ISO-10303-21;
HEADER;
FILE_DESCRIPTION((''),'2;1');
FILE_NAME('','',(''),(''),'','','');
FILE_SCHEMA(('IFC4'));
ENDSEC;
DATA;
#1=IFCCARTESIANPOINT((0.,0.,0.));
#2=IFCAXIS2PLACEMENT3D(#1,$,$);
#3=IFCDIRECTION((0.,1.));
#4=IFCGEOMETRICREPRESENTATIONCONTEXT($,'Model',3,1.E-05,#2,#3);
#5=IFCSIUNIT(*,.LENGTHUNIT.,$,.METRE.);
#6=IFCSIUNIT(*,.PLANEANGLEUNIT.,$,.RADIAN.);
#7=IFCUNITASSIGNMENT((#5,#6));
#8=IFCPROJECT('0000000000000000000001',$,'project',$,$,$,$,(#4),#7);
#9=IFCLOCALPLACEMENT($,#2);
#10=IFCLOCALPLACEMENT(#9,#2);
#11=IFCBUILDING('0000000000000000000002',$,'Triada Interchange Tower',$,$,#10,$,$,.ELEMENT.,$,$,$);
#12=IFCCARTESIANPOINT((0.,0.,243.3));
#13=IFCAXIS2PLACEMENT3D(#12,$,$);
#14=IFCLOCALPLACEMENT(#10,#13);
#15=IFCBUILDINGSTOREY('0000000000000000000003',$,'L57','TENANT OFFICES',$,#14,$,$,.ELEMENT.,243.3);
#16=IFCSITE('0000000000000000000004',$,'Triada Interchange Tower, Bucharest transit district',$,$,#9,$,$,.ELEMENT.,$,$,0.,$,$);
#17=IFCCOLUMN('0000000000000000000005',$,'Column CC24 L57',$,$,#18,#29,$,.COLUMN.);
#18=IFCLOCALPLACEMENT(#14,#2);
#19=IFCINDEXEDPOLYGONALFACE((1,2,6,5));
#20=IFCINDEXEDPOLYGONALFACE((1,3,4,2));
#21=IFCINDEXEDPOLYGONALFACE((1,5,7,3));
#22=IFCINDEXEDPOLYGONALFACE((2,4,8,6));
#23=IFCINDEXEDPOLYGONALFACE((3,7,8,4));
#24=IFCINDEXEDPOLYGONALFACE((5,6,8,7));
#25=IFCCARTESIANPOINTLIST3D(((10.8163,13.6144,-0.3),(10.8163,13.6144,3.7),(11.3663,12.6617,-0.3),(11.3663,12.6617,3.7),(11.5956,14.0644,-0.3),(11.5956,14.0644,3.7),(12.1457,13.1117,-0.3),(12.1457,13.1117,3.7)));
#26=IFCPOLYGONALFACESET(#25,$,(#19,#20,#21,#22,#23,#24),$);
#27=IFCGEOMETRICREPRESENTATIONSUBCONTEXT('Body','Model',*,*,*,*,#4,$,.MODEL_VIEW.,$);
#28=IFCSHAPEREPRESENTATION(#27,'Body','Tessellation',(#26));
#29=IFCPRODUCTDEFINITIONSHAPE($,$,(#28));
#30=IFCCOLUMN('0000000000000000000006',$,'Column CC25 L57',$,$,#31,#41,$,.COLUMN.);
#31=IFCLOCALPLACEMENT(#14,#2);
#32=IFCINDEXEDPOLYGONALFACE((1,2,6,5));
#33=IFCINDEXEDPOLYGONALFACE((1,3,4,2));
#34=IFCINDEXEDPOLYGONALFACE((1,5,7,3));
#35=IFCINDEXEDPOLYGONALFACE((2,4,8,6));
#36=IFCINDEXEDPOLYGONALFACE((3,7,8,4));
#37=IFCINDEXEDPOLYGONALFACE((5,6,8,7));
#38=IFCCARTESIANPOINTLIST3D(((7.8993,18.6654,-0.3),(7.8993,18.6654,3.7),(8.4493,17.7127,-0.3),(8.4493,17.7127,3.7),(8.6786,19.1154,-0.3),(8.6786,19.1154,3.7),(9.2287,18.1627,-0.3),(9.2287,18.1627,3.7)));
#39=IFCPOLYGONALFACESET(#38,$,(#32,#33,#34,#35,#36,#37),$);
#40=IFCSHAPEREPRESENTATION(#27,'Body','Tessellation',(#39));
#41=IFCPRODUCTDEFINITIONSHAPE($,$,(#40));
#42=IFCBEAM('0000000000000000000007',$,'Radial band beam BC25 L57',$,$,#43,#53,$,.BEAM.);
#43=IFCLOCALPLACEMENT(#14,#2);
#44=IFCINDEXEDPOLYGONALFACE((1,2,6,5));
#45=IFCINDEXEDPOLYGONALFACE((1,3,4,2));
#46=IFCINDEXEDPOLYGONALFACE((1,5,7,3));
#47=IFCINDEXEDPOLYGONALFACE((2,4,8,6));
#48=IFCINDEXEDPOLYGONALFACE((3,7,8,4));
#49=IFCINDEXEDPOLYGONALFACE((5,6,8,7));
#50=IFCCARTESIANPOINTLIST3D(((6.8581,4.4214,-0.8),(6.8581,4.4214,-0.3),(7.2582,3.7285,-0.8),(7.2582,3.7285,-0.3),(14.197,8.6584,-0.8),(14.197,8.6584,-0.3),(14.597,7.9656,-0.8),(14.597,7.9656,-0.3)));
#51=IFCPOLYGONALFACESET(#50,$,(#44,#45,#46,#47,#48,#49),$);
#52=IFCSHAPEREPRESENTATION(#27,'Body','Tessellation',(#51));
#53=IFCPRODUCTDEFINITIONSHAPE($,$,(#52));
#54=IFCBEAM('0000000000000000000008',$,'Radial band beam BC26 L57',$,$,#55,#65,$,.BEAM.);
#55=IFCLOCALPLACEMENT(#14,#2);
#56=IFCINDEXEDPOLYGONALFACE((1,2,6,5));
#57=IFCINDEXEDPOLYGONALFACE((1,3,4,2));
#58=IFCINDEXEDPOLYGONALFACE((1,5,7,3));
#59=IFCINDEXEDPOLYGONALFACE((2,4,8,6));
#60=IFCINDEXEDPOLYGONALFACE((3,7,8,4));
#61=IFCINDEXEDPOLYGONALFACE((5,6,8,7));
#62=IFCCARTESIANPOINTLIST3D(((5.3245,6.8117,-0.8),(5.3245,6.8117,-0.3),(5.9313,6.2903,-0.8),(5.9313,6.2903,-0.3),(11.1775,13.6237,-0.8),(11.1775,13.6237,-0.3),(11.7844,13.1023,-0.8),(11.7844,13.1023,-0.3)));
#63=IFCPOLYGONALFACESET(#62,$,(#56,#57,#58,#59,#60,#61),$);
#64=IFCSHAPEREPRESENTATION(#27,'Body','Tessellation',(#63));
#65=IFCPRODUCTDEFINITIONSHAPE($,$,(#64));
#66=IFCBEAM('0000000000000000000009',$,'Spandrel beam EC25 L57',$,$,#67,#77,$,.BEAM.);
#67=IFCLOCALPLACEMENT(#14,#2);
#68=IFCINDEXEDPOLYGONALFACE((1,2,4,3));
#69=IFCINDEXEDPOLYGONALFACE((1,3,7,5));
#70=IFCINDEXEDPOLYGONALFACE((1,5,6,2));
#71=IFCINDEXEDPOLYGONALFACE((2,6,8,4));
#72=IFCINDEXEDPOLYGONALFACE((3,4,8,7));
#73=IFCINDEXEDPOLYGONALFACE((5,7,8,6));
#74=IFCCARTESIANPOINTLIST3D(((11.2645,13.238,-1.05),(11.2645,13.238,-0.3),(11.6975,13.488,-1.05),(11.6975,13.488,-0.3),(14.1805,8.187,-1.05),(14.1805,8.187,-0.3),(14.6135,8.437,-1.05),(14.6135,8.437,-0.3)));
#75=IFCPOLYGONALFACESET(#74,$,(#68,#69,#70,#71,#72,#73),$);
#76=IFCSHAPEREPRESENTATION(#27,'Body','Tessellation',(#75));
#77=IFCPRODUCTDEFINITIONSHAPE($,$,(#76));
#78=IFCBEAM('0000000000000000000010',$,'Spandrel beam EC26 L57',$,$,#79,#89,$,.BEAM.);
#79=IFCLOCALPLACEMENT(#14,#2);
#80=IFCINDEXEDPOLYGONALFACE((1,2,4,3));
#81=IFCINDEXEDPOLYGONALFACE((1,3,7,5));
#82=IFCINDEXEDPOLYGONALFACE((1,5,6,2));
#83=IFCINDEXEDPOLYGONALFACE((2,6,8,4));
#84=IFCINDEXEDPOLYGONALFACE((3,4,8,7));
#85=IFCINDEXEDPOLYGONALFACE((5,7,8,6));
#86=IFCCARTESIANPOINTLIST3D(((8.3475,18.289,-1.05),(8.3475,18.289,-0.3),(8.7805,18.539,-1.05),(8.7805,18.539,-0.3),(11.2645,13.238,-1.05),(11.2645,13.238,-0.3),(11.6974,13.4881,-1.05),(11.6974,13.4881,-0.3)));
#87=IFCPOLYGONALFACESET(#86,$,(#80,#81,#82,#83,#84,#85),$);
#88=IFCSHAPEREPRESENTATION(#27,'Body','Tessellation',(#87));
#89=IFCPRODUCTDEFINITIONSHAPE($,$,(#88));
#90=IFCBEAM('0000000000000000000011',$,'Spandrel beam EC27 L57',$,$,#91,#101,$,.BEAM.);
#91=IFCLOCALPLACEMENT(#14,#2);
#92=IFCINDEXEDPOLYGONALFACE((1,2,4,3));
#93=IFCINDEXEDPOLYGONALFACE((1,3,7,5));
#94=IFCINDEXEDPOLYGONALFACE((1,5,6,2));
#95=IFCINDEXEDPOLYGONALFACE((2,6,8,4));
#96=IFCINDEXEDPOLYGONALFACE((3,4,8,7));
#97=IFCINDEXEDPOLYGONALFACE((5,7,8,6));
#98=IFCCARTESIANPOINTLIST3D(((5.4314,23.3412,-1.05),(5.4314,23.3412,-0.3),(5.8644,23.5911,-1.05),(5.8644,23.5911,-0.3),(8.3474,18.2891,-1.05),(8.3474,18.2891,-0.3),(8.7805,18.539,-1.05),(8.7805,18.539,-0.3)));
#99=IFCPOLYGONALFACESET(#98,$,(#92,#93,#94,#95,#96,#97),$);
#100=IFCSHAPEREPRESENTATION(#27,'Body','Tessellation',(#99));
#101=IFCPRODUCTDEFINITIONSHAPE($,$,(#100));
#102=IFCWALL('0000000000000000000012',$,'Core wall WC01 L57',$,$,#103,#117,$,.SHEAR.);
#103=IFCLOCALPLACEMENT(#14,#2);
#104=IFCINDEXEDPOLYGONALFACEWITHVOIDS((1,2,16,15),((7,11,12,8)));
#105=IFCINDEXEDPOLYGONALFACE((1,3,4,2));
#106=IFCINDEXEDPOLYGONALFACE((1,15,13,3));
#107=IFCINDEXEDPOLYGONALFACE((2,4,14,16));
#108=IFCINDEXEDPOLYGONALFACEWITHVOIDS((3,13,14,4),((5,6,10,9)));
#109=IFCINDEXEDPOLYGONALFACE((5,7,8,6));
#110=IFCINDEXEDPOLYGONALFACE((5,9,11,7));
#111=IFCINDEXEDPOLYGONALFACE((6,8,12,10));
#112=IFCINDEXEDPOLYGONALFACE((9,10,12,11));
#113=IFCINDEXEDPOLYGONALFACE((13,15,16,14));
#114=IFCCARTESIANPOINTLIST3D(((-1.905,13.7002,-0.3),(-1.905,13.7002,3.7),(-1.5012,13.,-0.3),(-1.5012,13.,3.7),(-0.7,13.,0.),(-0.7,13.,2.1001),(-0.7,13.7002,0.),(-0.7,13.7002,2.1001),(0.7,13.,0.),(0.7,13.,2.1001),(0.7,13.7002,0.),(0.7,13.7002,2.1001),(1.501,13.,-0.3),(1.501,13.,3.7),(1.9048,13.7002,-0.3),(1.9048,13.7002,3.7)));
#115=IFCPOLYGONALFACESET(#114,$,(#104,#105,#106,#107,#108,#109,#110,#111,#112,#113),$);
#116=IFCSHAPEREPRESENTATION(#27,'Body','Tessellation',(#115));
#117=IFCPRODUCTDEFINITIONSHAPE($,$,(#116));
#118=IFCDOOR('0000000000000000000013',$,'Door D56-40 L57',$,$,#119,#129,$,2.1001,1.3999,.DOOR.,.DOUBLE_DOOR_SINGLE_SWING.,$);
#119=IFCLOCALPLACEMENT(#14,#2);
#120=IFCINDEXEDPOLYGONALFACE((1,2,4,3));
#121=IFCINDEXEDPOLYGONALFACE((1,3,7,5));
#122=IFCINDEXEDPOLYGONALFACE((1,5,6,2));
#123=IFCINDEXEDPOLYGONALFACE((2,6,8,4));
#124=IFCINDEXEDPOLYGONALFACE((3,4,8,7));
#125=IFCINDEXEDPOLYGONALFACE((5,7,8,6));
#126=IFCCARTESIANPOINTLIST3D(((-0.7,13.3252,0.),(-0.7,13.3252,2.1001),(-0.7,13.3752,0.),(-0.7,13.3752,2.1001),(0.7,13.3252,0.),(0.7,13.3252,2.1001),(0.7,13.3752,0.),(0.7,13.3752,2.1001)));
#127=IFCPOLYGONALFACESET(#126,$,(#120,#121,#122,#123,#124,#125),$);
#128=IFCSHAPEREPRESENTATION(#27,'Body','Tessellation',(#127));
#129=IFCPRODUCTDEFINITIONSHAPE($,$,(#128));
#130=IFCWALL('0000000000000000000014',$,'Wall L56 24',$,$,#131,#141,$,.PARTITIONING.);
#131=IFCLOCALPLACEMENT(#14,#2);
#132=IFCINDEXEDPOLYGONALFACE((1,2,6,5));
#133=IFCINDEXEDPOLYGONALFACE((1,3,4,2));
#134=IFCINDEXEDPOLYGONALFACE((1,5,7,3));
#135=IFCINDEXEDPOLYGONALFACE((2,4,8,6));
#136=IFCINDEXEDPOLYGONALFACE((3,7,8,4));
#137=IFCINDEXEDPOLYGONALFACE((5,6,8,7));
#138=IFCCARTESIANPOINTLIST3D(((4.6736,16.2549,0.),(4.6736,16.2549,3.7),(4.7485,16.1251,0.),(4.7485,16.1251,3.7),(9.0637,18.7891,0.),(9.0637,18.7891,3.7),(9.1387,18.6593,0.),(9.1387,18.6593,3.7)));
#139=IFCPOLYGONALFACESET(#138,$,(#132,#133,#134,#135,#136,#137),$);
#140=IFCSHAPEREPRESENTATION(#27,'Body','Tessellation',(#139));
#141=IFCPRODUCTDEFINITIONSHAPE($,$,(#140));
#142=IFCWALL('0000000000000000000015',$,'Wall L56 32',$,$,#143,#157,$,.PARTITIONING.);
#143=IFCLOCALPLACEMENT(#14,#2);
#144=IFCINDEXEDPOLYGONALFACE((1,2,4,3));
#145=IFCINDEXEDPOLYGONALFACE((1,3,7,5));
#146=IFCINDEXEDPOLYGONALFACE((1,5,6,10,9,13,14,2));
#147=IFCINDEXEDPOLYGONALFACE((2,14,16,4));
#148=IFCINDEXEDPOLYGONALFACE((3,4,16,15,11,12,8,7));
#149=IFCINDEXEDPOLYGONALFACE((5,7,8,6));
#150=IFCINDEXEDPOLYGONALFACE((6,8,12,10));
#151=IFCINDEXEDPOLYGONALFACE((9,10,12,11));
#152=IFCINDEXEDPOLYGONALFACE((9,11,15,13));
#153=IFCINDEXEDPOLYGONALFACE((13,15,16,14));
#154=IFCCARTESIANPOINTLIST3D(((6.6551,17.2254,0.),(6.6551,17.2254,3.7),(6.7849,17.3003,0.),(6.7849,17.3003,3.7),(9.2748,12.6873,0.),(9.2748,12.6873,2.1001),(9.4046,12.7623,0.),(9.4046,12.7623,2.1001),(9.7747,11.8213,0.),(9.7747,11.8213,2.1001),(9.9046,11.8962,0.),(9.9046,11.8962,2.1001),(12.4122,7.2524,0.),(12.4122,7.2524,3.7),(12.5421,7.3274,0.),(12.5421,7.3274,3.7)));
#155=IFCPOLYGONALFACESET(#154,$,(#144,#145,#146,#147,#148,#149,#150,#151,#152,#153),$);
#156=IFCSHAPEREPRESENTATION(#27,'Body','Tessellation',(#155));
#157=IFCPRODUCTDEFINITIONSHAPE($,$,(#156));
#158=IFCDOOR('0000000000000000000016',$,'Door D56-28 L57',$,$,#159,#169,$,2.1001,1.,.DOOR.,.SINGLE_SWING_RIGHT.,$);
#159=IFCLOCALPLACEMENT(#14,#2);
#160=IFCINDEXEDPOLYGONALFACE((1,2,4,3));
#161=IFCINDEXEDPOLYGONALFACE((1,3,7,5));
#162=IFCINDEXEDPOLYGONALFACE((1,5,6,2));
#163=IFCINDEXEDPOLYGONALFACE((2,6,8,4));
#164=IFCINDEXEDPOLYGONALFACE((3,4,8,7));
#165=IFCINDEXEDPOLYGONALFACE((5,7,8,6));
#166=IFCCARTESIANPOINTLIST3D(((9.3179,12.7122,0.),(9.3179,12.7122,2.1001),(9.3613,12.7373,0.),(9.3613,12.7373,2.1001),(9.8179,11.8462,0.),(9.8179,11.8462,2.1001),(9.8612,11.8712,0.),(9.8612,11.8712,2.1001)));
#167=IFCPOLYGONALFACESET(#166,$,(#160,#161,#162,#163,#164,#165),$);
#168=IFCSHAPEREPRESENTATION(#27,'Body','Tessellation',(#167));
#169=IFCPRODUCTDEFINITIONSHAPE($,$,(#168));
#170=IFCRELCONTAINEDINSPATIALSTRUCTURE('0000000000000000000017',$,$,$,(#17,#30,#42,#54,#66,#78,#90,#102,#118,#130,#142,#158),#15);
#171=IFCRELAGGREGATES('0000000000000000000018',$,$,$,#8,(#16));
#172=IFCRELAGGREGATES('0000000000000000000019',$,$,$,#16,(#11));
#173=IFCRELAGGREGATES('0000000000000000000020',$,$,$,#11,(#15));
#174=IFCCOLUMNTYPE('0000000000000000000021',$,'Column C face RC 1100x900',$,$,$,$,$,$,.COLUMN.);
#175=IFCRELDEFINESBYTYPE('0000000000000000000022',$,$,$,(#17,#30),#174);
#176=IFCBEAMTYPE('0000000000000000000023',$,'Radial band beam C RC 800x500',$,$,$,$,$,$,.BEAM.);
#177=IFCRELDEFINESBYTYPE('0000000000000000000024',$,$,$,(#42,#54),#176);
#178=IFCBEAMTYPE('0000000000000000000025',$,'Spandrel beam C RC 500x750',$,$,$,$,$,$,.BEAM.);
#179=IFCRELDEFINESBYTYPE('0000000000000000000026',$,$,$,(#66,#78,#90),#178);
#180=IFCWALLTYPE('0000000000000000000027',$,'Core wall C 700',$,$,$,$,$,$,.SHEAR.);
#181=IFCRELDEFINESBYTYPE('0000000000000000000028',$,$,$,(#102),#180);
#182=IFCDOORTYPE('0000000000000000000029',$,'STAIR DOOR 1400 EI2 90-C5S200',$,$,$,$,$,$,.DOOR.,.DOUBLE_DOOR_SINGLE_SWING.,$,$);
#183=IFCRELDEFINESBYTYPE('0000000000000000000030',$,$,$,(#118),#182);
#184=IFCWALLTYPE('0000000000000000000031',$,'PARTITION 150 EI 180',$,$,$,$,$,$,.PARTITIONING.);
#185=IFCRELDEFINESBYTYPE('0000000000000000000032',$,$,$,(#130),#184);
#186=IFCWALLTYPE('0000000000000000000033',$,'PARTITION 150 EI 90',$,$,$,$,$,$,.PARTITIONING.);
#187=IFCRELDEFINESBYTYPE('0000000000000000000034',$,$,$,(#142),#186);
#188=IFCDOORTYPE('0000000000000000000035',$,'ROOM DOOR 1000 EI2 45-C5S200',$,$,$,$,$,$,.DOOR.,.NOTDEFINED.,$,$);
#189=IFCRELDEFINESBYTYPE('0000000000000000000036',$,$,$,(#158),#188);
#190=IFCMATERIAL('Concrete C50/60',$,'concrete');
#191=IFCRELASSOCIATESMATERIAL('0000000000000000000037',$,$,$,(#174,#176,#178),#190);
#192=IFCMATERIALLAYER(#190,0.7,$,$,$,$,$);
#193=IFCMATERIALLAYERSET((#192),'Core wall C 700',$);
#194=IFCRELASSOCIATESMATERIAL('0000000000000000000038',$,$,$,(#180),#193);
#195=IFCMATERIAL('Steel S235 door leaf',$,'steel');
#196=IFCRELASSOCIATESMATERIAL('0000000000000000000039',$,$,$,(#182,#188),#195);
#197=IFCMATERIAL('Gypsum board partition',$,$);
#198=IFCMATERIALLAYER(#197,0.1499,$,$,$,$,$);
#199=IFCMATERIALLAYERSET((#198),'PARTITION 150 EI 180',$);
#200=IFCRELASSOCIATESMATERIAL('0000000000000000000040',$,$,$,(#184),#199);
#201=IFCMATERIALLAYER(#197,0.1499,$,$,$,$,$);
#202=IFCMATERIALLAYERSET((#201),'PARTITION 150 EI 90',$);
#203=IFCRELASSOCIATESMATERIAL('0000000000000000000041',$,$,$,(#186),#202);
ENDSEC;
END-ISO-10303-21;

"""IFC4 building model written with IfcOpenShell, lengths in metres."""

from ifc_helpers import new_model, si_unit, direction, frame, frame_2d, origin, origin_2d, place, context, subcontext, project, spatial, polyline, rectangle, outline, extrude, material, layer, layer_set, material_profile, profile_set, type_object, element, fill, save


model = new_model("IFC4")

# Units and contexts
model_context = context("Model", 3, precision=1e-05, world=origin(), true_north=direction((0.0, 1.0)))
body_context = subcontext(model_context, "Body", "Model", "MODEL_VIEW")
ifc_project = project(units=[si_unit("LENGTHUNIT", "METRE"), si_unit("PLANEANGLEUNIT", "RADIAN")], contexts=[model_context])

# Site, building, storey
site_placement = place(None, origin())
site = spatial("IfcSite", under=ifc_project, at=site_placement, Name="Triada Interchange Tower, Bucharest transit district", CompositionType="ELEMENT", RefElevation=0.0)
building_placement = place(site_placement, origin())
building = spatial("IfcBuilding", under=site, at=building_placement, Name="Triada Interchange Tower", CompositionType="ELEMENT")
storey_placement = place(building_placement, frame((0.0, 0.0, 243.3)))
storey = spatial("IfcBuildingStorey", under=building, at=storey_placement, Name="L57", Description="TENANT OFFICES", CompositionType="ELEMENT", Elevation=243.3)

# Columns
ifc_material_1 = material(Name="Concrete C50/60", Category="concrete")
ifc_material_profile_1 = material_profile(ifc_material_1, rectangle(XDim=1.1001, YDim=0.8999, at=origin_2d()), Name="RC 1100x900")
ifc_profile_set_1 = profile_set([ifc_material_profile_1], Name="Concrete C50/60")
column_type = type_object("IfcColumnType", Name="Column C face RC 1100x900", PredefinedType="COLUMN", material=ifc_profile_set_1)
for number, where, z_axis, x_axis, name in (
    (1, (11.481, 13.363, -0.3), (0.0, 0.0, 1.0), (-0.5, 0.866025, 0.0), "Column CC24 L57"),
    (2, (8.564, 18.4141, -0.3), (0.0, 0.0, 1.0), (-0.5, 0.866025, 0.0), "Column CC25 L57"),
):
    element("IfcColumn", number, at=place(storey_placement, frame(where, z_axis=z_axis, x_axis=x_axis)), inside=storey, type_object=column_type, Name=name, PredefinedType="COLUMN", context=body_context, shape_type="SweptSolid", body=[
        extrude(rectangle(XDim=1.1001, YDim=0.8999, at=origin_2d()), origin(), (0.0, 0.0, 1.0), 4.0),
    ])

# Beams
ifc_material_profile_2 = material_profile(ifc_material_1, rectangle(XDim=0.8, YDim=0.5, at=origin_2d()), Name="RC 800x500")
ifc_profile_set_2 = profile_set([ifc_material_profile_2], Name="Concrete C50/60")
beam_type_1 = type_object("IfcBeamType", Name="Radial band beam C RC 800x500", PredefinedType="BEAM", material=ifc_profile_set_2)
beam_1_placement = place(storey_placement, frame((14.397, 8.312, -0.55), z_axis=(-0.866027, -0.499997, 0.0), x_axis=(0.499997, -0.866027, 0.0)))
element("IfcBeam", 3, at=beam_1_placement, inside=storey, type_object=beam_type_1, Name="Radial band beam BC25 L57", PredefinedType="BEAM", context=body_context, shape_type="SweptSolid", body=[
    extrude(rectangle(XDim=0.8, YDim=0.5, at=origin_2d()), origin(), (0.0, 0.0, 1.0), 8.4741),
])
beam_2_placement = place(storey_placement, frame((11.481, 13.363, -0.55), z_axis=(-0.6517, -0.758477, 0.0), x_axis=(0.758477, -0.6517, 0.0)))
element("IfcBeam", 4, at=beam_2_placement, inside=storey, type_object=beam_type_1, Name="Radial band beam BC26 L57", PredefinedType="BEAM", context=body_context, shape_type="SweptSolid", body=[
    extrude(rectangle(XDim=0.8, YDim=0.5, at=origin_2d()), origin(), (0.0, 0.0, 1.0), 8.9812),
])
ifc_material_profile_3 = material_profile(ifc_material_1, rectangle(XDim=0.5, YDim=0.75, at=origin_2d()), Name="RC 500x750")
ifc_profile_set_3 = profile_set([ifc_material_profile_3], Name="Concrete C50/60")
beam_type_2 = type_object("IfcBeamType", Name="Spandrel beam C RC 500x750", PredefinedType="BEAM", material=ifc_profile_set_3)
beam_3_placement = place(storey_placement, frame((14.397, 8.312, -0.675), z_axis=(-0.499975, 0.86604, 0.0), x_axis=(-0.86604, -0.499975, 0.0)))
element("IfcBeam", 5, at=beam_3_placement, inside=storey, type_object=beam_type_2, Name="Spandrel beam EC25 L57", PredefinedType="BEAM", context=body_context, shape_type="SweptSolid", body=[
    extrude(rectangle(XDim=0.5, YDim=0.75, at=origin_2d()), origin(), (0.0, 0.0, 1.0), 5.8323),
])
beam_4_placement = place(storey_placement, frame((11.481, 13.363, -0.675), z_axis=(-0.5001, 0.865967, 0.0), x_axis=(-0.865967, -0.5001, 0.0)))
element("IfcBeam", 6, at=beam_4_placement, inside=storey, type_object=beam_type_2, Name="Spandrel beam EC26 L57", PredefinedType="BEAM", context=body_context, shape_type="SweptSolid", body=[
    extrude(rectangle(XDim=0.5, YDim=0.75, at=origin_2d()), origin(), (0.0, 0.0, 1.0), 5.8328),
])
beam_5_placement = place(storey_placement, frame((8.564, 18.4141, -0.675), z_axis=(-0.499902, 0.866082, 0.0), x_axis=(-0.866082, -0.499902, 0.0)))
element("IfcBeam", 7, at=beam_5_placement, inside=storey, type_object=beam_type_2, Name="Spandrel beam EC27 L57", PredefinedType="BEAM", context=body_context, shape_type="SweptSolid", body=[
    extrude(rectangle(XDim=0.5, YDim=0.75, at=origin_2d()), origin(), (0.0, 0.0, 1.0), 5.8333),
])

# Wall, opening, door
ifc_layer_1 = layer(ifc_material_1, 0.7)
ifc_layer_set_1 = layer_set([ifc_layer_1], Name="Core wall C 700")
wall_type_1 = type_object("IfcWallType", Name="Core wall C 700", PredefinedType="SHEAR", material=ifc_layer_set_1)
wall_1_placement = place(storey_placement, frame((1.7029, 13.3501, -0.3), z_axis=(0.0, 0.0, 1.0), x_axis=(-1.0, 0.0, 0.0)))
wall_1 = element("IfcWall", 8, at=wall_1_placement, inside=storey, type_object=wall_type_1, Name="Core wall WC01 L57", PredefinedType="SHEAR", context=body_context, shape_type="SweptSolid", body=[
    extrude(outline(polyline([(-0.2019, -0.3501), (1.7031, -0.3501), (3.6079, -0.3501), (3.2041, 0.3501), (1.7031, 0.3501), (0.2019, 0.3501), (-0.2019, -0.3501)])), origin(), (0.0, 0.0, 1.0), 4.0),
])
opening_1_placement = place(wall_1_placement, frame((1.0029, 0.0, 0.3)))
opening_1 = element("IfcOpeningElement", 9, at=opening_1_placement, cuts=wall_1, PredefinedType="OPENING", context=body_context, shape_type="SweptSolid", body=[
    extrude(rectangle(XDim=1.3999, YDim=2.1001, at=frame_2d((0.7, 1.05))), frame((0.0, 0.3601, 0.0), z_axis=(0.0, -1.0, 0.0), x_axis=(1.0, 0.0, 0.0)), (0.0, 0.0, 1.0), 0.7202),
])
ifc_material_2 = material(Name="Steel S235 door leaf", Category="steel")
door_type_1 = type_object("IfcDoorType", Name="STAIR DOOR 1400 EI2 90-C5S200", OperationType="DOUBLE_DOOR_SINGLE_SWING", PredefinedType="DOOR", material=ifc_material_2)
door_1_placement = place(opening_1_placement, origin())
door_1 = element("IfcDoor", 10, at=door_1_placement, inside=storey, type_object=door_type_1, Name="Door D56-40 L57", OperationType="DOUBLE_DOOR_SINGLE_SWING", OverallHeight=2.1001, OverallWidth=1.3999, PredefinedType="DOOR", context=body_context, shape_type="SweptSolid", body=[
    extrude(rectangle(XDim=1.3999, YDim=2.1001, at=frame_2d((0.7, 1.05))), frame((0.0, 0.0249, 0.0), z_axis=(0.0, -1.0, 0.0), x_axis=(1.0, 0.0, 0.0)), (0.0, 0.0, 1.0), 0.05),
])
fill(opening_1, door_1)

# Wall
ifc_material_3 = material(Name="Gypsum board partition")
ifc_layer_2 = layer(ifc_material_3, 0.1499)
ifc_layer_set_2 = layer_set([ifc_layer_2], Name="PARTITION 150 EI 180")
wall_type_2 = type_object("IfcWallType", Name="PARTITION 150 EI 180", PredefinedType="PARTITIONING", material=ifc_layer_set_2)
wall_2_placement = place(storey_placement, frame((4.7109, 16.1899, 0.0), z_axis=(0.0, 0.0, 1.0), x_axis=(0.866065, 0.499931, 0.0)))
element("IfcWall", 11, at=wall_2_placement, inside=storey, type_object=wall_type_2, Name="Wall L56 24", PredefinedType="PARTITIONING", context=body_context, shape_type="SweptSolid", body=[
    extrude(rectangle(XDim=5.0691, YDim=0.1499, at=frame_2d((2.5347, 0.0))), origin(), (0.0, 0.0, 1.0), 3.7),
])

# Wall, opening, door
ifc_layer_3 = layer(ifc_material_3, 0.1499)
ifc_layer_set_3 = layer_set([ifc_layer_3], Name="PARTITION 150 EI 90")
wall_type_3 = type_object("IfcWallType", Name="PARTITION 150 EI 90", PredefinedType="PARTITIONING", material=ifc_layer_set_3)
wall_3_placement = place(storey_placement, frame((6.72, 17.2629, 0.0), z_axis=(0.0, 0.0, 1.0), x_axis=(0.499949, -0.866055, 0.0)))
wall_3 = element("IfcWall", 12, at=wall_3_placement, inside=storey, type_object=wall_type_3, Name="Wall L56 32", PredefinedType="PARTITIONING", context=body_context, shape_type="SweptSolid", body=[
    extrude(rectangle(XDim=11.5154, YDim=0.1499, at=frame_2d((5.7578, 0.0))), origin(), (0.0, 0.0, 1.0), 3.7),
])
opening_2_placement = place(wall_3_placement, frame((5.24, 0.0, 0.0)))
opening_2 = element("IfcOpeningElement", 13, at=opening_2_placement, cuts=wall_3, PredefinedType="OPENING", context=body_context, shape_type="SweptSolid", body=[
    extrude(rectangle(XDim=1.0, YDim=2.1001, at=frame_2d((0.5, 1.05))), frame((0.0, 0.085, 0.0), z_axis=(0.0, -1.0, 0.0), x_axis=(1.0, 0.0, 0.0)), (0.0, 0.0, 1.0), 0.1699),
])
door_type_2 = type_object("IfcDoorType", Name="ROOM DOOR 1000 EI2 45-C5S200", OperationType="NOTDEFINED", PredefinedType="DOOR", material=ifc_material_2)
door_2_placement = place(opening_2_placement, origin())
door_2 = element("IfcDoor", 14, at=door_2_placement, inside=storey, type_object=door_type_2, Name="Door D56-28 L57", OperationType="SINGLE_SWING_RIGHT", OverallHeight=2.1001, OverallWidth=1.0, PredefinedType="DOOR", context=body_context, shape_type="SweptSolid", body=[
    extrude(rectangle(XDim=1.0, YDim=2.1001, at=frame_2d((0.5, 1.05))), frame((0.0, 0.0249, 0.0), z_axis=(0.0, -1.0, 0.0), x_axis=(1.0, 0.0, 0.0)), (0.0, 0.0, 1.0), 0.05),
])
fill(opening_2, door_2)

save(model, "model.ifc")
